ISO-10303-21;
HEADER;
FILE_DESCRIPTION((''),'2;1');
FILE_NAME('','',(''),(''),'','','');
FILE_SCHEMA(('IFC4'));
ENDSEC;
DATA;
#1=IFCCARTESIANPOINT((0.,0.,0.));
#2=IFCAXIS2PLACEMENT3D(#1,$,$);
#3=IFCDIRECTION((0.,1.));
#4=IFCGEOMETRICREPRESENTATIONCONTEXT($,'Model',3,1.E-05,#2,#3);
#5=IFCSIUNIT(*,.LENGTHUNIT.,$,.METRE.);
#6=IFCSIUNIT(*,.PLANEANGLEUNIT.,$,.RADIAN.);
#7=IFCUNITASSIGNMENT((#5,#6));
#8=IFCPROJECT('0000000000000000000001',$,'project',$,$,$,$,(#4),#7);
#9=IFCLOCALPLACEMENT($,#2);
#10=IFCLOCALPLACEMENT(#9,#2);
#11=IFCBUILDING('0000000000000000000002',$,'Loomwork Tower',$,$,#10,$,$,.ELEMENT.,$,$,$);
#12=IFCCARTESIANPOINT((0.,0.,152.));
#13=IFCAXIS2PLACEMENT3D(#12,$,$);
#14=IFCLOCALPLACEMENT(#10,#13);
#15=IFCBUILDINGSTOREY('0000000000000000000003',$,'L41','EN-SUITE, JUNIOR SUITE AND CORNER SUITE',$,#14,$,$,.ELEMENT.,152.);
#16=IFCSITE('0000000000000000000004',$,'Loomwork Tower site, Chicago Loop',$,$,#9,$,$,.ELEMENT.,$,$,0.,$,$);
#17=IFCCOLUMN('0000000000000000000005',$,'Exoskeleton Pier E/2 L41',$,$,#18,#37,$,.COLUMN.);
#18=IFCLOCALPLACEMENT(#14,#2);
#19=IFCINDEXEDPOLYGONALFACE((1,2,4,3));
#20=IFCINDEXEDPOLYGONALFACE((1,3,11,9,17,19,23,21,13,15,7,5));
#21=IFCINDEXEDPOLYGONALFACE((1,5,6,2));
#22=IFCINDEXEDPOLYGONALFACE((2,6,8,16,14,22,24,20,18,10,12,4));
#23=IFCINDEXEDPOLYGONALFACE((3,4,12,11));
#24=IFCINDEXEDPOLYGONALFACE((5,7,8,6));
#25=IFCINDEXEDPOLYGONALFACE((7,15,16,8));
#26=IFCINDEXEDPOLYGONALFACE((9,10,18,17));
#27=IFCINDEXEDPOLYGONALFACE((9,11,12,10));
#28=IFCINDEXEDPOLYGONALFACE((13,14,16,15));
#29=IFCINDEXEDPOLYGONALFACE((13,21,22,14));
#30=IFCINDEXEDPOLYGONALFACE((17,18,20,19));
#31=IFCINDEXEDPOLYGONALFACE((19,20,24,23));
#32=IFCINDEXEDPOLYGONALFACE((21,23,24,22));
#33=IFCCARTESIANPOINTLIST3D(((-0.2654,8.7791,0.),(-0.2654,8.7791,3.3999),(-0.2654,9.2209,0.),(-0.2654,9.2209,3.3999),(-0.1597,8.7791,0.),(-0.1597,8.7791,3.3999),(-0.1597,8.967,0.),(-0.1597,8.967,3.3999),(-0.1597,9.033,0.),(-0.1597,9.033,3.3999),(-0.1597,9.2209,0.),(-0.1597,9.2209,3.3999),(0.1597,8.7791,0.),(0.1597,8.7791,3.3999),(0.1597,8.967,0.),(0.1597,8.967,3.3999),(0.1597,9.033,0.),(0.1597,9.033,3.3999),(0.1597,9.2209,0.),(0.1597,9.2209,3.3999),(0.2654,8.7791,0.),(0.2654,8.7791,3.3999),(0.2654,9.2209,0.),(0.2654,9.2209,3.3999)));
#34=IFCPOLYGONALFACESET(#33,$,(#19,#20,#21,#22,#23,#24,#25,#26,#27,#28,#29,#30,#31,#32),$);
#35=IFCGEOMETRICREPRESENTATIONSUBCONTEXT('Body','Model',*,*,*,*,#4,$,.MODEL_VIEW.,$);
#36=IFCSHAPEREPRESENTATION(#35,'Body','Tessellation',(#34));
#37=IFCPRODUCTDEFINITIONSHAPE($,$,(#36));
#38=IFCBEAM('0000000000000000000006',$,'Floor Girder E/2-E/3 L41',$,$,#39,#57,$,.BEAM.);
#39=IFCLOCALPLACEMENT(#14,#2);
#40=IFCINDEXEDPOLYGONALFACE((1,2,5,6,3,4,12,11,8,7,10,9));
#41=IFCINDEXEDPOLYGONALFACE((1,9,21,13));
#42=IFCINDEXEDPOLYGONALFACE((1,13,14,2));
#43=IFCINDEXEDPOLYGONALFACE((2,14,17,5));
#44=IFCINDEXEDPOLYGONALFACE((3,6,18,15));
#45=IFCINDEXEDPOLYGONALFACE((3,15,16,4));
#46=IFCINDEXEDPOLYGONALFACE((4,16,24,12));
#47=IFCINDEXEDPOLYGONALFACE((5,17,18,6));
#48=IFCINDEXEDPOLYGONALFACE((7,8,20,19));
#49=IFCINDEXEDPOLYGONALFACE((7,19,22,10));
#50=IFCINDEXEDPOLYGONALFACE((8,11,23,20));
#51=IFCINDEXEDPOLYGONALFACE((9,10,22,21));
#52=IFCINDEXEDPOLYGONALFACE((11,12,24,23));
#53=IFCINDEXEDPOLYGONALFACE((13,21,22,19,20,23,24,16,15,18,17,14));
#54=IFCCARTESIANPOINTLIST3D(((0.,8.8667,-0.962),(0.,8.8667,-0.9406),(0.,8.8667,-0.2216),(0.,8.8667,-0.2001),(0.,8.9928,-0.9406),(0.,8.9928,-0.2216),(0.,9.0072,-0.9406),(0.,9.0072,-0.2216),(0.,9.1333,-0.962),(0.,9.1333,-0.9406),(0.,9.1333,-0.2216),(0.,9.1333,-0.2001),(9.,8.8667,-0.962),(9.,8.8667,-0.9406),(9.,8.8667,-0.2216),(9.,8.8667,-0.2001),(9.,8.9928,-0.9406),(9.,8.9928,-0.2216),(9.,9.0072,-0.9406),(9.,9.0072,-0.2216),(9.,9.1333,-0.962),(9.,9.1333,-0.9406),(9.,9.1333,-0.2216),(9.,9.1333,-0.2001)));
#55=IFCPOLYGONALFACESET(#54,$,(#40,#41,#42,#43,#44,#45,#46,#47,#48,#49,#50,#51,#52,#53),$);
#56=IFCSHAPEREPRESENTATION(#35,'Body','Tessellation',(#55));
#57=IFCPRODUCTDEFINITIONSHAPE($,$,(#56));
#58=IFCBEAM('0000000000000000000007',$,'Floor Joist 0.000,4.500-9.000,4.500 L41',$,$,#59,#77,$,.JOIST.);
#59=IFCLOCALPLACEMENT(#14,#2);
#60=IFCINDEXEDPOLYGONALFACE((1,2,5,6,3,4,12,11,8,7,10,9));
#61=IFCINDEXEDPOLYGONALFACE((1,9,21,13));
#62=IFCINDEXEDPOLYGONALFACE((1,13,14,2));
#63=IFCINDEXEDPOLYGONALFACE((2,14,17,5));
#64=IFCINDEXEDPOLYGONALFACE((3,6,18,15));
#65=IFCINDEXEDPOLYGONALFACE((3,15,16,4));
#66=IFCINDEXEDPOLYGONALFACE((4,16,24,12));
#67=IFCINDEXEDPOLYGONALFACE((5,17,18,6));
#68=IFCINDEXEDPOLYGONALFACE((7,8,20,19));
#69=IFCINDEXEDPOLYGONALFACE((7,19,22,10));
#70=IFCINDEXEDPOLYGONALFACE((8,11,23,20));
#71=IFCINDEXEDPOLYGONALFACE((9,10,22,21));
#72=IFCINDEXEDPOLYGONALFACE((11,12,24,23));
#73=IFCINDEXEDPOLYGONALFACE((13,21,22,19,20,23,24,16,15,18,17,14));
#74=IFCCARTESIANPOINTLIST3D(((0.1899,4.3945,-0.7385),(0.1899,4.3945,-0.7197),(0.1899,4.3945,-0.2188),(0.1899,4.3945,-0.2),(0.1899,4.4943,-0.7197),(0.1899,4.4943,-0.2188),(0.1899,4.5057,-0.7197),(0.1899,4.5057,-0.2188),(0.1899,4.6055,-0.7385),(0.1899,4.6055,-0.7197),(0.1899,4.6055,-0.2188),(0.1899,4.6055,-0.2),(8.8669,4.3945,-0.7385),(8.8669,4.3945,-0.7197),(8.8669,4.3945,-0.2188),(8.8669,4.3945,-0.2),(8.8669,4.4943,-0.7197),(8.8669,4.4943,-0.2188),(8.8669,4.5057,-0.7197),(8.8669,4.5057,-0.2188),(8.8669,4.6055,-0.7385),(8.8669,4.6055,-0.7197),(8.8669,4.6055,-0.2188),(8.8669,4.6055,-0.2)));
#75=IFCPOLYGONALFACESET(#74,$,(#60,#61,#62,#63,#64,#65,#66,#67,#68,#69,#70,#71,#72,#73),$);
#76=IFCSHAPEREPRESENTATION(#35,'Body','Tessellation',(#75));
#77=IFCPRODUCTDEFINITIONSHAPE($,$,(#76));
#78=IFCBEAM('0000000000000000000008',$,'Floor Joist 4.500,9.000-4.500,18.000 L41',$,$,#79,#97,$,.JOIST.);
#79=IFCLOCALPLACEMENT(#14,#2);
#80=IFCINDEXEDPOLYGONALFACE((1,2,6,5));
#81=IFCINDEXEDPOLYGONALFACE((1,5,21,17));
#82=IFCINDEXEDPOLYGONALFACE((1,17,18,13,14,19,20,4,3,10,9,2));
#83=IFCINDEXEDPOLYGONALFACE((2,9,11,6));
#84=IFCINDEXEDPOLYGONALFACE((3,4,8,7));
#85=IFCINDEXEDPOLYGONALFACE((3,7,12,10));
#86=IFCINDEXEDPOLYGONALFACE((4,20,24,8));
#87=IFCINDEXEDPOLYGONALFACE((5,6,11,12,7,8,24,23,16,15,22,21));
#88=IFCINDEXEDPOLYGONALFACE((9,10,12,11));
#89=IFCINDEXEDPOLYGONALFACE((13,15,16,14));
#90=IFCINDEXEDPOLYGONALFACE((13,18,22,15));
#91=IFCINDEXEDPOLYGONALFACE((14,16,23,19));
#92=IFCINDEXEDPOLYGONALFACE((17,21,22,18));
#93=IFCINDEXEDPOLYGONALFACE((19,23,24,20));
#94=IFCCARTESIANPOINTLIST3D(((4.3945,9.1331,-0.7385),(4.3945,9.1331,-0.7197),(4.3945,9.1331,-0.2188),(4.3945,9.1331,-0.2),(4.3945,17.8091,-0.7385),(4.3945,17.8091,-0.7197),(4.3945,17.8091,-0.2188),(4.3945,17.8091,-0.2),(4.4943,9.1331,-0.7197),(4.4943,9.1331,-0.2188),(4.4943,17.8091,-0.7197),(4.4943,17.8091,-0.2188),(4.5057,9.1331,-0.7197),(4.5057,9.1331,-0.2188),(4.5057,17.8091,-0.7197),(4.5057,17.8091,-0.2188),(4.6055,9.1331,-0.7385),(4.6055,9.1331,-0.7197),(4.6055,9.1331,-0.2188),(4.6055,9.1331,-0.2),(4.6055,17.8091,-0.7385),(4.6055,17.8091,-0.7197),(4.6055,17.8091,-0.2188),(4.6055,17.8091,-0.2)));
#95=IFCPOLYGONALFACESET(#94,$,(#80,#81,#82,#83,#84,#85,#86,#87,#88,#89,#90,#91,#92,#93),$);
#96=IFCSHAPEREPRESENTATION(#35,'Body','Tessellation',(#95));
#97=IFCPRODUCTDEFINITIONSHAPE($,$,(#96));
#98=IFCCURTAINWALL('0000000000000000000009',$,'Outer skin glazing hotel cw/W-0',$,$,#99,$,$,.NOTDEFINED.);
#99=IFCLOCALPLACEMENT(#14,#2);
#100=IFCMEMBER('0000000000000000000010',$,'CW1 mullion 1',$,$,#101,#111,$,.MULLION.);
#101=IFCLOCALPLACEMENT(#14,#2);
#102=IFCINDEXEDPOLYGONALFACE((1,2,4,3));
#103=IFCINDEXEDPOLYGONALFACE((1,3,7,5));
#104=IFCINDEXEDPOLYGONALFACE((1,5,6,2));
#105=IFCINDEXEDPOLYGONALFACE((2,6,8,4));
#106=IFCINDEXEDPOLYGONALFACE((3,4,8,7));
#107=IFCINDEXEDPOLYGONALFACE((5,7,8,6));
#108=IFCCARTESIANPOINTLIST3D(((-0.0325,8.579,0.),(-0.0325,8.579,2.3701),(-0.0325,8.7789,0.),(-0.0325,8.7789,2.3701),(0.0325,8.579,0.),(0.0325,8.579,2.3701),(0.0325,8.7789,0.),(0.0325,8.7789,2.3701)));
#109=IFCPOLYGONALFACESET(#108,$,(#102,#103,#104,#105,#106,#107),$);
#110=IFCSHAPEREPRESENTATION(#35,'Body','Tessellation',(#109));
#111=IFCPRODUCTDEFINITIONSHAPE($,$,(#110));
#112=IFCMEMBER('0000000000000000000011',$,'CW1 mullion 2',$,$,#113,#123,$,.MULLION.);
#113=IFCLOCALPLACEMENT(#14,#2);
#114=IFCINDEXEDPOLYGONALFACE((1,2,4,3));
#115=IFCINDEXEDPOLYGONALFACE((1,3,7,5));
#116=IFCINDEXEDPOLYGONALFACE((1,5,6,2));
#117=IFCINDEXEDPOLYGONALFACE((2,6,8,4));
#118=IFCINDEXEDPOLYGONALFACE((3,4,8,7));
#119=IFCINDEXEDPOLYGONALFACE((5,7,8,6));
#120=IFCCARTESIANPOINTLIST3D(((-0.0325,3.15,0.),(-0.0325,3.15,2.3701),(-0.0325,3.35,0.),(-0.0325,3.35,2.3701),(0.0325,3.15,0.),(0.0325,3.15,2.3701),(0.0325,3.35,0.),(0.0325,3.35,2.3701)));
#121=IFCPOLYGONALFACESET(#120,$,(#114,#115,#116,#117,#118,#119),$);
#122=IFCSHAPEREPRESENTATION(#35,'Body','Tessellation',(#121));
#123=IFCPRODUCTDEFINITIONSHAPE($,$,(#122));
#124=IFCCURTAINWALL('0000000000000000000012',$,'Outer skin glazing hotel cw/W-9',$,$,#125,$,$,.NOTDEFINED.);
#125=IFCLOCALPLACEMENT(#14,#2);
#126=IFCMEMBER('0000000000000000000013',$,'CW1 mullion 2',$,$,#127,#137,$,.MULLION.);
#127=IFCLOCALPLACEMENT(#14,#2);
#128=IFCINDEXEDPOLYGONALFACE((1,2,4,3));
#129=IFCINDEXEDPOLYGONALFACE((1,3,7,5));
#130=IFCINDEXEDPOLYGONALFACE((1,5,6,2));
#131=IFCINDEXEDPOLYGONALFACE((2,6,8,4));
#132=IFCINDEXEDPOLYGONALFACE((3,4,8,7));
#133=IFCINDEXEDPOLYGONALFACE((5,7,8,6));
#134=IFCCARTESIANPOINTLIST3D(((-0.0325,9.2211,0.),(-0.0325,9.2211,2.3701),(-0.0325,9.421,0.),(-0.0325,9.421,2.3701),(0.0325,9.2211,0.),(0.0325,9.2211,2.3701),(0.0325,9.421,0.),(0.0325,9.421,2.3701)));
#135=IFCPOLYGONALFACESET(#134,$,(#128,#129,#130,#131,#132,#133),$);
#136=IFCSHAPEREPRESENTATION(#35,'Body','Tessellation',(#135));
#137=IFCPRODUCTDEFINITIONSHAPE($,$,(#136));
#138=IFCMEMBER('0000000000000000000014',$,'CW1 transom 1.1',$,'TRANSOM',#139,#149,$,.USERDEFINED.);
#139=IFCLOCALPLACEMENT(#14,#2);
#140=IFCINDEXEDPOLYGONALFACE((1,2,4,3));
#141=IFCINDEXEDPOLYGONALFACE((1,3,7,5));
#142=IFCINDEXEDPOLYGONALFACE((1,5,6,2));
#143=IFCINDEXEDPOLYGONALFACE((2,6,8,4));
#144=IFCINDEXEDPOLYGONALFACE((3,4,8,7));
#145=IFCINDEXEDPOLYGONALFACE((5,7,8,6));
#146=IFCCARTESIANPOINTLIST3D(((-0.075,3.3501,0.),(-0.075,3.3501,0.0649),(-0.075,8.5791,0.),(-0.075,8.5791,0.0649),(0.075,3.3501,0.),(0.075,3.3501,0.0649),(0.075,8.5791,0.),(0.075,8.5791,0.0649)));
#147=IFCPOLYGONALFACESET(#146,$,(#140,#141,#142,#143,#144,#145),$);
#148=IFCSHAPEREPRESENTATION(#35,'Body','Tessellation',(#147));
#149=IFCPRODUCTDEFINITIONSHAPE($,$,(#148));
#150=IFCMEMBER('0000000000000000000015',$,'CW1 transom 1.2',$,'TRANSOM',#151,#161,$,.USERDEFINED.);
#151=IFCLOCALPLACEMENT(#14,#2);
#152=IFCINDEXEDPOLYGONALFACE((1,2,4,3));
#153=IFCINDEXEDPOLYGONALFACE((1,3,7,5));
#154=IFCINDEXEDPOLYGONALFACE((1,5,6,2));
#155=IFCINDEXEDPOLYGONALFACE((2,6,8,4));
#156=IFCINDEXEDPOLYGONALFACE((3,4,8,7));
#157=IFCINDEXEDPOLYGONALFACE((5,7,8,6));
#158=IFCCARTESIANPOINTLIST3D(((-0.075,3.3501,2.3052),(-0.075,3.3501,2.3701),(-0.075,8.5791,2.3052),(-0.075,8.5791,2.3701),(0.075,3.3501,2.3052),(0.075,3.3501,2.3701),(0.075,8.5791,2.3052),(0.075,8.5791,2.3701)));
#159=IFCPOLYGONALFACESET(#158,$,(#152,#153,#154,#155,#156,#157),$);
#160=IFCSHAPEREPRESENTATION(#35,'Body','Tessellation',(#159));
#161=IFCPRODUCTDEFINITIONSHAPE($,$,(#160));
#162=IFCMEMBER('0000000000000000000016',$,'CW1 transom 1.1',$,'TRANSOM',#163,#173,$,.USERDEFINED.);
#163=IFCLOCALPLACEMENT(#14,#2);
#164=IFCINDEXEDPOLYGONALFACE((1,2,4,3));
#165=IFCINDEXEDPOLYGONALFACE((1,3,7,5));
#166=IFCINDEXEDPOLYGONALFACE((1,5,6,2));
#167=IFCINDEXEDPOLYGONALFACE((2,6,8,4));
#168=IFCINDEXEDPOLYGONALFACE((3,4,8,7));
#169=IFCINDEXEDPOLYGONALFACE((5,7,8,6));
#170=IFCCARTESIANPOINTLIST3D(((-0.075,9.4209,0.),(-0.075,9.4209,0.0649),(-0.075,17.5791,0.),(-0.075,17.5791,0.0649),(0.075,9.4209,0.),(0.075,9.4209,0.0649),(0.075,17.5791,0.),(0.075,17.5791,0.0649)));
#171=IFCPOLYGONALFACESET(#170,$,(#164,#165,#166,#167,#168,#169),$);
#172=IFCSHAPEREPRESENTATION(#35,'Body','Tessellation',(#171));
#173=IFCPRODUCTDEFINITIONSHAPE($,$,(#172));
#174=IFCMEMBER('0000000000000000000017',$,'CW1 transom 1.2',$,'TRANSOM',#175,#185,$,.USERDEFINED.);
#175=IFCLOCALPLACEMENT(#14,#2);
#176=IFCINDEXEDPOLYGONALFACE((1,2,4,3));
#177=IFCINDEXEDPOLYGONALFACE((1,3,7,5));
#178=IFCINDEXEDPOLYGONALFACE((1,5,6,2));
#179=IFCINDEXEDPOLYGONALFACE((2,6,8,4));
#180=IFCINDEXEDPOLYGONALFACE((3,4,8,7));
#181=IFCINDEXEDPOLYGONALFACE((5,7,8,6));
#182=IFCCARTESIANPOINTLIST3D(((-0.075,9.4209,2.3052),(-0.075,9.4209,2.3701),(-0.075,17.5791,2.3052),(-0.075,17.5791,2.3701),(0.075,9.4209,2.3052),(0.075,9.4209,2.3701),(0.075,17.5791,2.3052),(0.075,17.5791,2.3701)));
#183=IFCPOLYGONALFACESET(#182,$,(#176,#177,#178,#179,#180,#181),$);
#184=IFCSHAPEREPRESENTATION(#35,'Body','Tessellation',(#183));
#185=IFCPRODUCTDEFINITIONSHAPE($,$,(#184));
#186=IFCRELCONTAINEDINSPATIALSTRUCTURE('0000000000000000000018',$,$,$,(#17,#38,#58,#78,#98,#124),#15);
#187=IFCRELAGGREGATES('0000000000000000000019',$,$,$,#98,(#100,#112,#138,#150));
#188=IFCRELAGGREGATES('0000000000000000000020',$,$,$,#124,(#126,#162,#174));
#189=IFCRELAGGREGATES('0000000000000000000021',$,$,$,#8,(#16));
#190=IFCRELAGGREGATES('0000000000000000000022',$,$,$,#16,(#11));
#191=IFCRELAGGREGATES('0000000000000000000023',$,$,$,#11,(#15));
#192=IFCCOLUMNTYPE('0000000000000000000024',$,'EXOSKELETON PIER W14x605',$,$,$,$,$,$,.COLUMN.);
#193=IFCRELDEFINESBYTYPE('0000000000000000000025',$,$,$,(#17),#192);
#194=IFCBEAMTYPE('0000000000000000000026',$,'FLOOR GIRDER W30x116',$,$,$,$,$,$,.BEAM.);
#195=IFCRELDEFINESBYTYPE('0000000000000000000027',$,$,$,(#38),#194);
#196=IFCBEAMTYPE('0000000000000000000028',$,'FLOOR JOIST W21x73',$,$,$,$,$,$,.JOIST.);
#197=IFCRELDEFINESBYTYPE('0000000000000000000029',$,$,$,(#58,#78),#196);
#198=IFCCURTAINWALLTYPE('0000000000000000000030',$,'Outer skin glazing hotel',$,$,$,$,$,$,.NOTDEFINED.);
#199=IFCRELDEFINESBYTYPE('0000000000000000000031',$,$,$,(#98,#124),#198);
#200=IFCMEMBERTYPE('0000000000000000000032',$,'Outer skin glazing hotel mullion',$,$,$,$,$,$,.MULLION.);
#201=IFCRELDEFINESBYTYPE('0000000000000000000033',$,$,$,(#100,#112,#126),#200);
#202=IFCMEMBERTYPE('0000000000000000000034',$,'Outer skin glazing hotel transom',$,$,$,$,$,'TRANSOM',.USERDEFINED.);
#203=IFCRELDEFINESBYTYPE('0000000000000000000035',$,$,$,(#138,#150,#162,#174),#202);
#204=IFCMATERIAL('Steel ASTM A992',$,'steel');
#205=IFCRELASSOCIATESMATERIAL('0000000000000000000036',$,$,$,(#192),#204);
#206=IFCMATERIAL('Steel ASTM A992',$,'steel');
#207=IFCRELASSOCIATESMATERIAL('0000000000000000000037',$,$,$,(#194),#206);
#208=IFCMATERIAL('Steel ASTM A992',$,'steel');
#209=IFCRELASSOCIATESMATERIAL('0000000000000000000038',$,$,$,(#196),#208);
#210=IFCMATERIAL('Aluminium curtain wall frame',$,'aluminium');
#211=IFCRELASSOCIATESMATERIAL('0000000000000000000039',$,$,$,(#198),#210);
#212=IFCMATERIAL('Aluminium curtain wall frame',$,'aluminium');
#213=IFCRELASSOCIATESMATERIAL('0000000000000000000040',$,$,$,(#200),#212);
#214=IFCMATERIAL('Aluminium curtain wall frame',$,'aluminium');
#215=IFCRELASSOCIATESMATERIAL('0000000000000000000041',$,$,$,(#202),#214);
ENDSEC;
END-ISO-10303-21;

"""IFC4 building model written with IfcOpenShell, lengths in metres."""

from ifc_helpers import new_model, si_unit, direction, frame, origin, origin_2d, place, context, subcontext, project, spatial, rectangle, i_section, extrude, material, material_profile, profile_set, type_object, element, aggregate, save


model = new_model("IFC4")

# Units and contexts
model_context = context("Model", 3, precision=1e-05, world=origin(), true_north=direction((0.0, 1.0)))
body_context = subcontext(model_context, "Body", "Model", "MODEL_VIEW")
ifc_project = project(units=[si_unit("LENGTHUNIT", "METRE"), si_unit("PLANEANGLEUNIT", "RADIAN")], contexts=[model_context])

# Site, building, storey
site_placement = place(None, origin())
site = spatial("IfcSite", under=ifc_project, at=site_placement, Name="Loomwork Tower site, Chicago Loop", CompositionType="ELEMENT", RefElevation=0.0)
building_placement = place(site_placement, origin())
building = spatial("IfcBuilding", under=site, at=building_placement, Name="Loomwork Tower", CompositionType="ELEMENT")
storey_placement = place(building_placement, frame((0.0, 0.0, 152.0)))
storey = spatial("IfcBuildingStorey", under=building, at=storey_placement, Name="L41", Description="EN-SUITE, JUNIOR SUITE AND CORNER SUITE", CompositionType="ELEMENT", Elevation=152.0)

# Column
ifc_material_1 = material(Name="Steel ASTM A992", Category="steel")
ifc_material_profile_1 = material_profile(ifc_material_1, i_section(OverallWidth=0.4419, OverallDepth=0.5308, WebThickness=0.0659, FlangeThickness=0.1057, at=origin_2d()), Name="W14x605")
ifc_profile_set_1 = profile_set([ifc_material_profile_1], Name="Steel ASTM A992")
column_type = type_object("IfcColumnType", Name="EXOSKELETON PIER W14x605", PredefinedType="COLUMN", material=ifc_profile_set_1)
column_placement = place(storey_placement, frame((0.0, 9.0, 0.0), z_axis=(0.0, 0.0, 1.0), x_axis=(0.0, 1.0, 0.0)))
element("IfcColumn", 1, at=column_placement, inside=storey, type_object=column_type, Name="Exoskeleton Pier E/2 L41", PredefinedType="COLUMN", context=body_context, shape_type="SweptSolid", body=[
    extrude(i_section(OverallWidth=0.4419, OverallDepth=0.5308, WebThickness=0.0659, FlangeThickness=0.1057, at=origin_2d()), origin(), (0.0, 0.0, 1.0), 3.3999),
])

# Beams
ifc_material_2 = material(Name="Steel ASTM A992", Category="steel")
ifc_material_profile_2 = material_profile(ifc_material_2, i_section(OverallWidth=0.2666, OverallDepth=0.762, WebThickness=0.0144, FlangeThickness=0.0215, at=origin_2d()), Name="W30x116")
ifc_profile_set_2 = profile_set([ifc_material_profile_2], Name="Steel ASTM A992")
beam_type_1 = type_object("IfcBeamType", Name="FLOOR GIRDER W30x116", PredefinedType="BEAM", material=ifc_profile_set_2)
beam_1_placement = place(storey_placement, frame((0.0, 9.0, -0.5811), z_axis=(1.0, 0.0, 0.0), x_axis=(0.0, 1.0, 0.0)))
element("IfcBeam", 2, at=beam_1_placement, inside=storey, type_object=beam_type_1, Name="Floor Girder E/2-E/3 L41", PredefinedType="BEAM", context=body_context, shape_type="SweptSolid", body=[
    extrude(i_section(OverallWidth=0.2666, OverallDepth=0.762, WebThickness=0.0144, FlangeThickness=0.0215, at=origin_2d()), origin(), (0.0, 0.0, 1.0), 9.0),
])
ifc_material_3 = material(Name="Steel ASTM A992", Category="steel")
ifc_material_profile_3 = material_profile(ifc_material_3, i_section(OverallWidth=0.2109, OverallDepth=0.5386, WebThickness=0.0115, FlangeThickness=0.0188, at=origin_2d()), Name="W21x73")
ifc_profile_set_3 = profile_set([ifc_material_profile_3], Name="Steel ASTM A992")
beam_type_2 = type_object("IfcBeamType", Name="FLOOR JOIST W21x73", PredefinedType="JOIST", material=ifc_profile_set_3)
beam_2_placement = place(storey_placement, frame((0.1899, 4.5, -0.4692), z_axis=(1.0, 0.0, 0.0), x_axis=(0.0, 1.0, 0.0)))
element("IfcBeam", 3, at=beam_2_placement, inside=storey, type_object=beam_type_2, Name="Floor Joist 0.000,4.500-9.000,4.500 L41", PredefinedType="JOIST", context=body_context, shape_type="SweptSolid", body=[
    extrude(i_section(OverallWidth=0.2109, OverallDepth=0.5386, WebThickness=0.0115, FlangeThickness=0.0188, at=origin_2d()), origin(), (0.0, 0.0, 1.0), 8.677),
])
beam_3_placement = place(storey_placement, frame((4.5, 9.1331, -0.4692), z_axis=(0.0, 1.0, 0.0), x_axis=(-1.0, 0.0, 0.0)))
element("IfcBeam", 4, at=beam_3_placement, inside=storey, type_object=beam_type_2, Name="Floor Joist 4.500,9.000-4.500,18.000 L41", PredefinedType="JOIST", context=body_context, shape_type="SweptSolid", body=[
    extrude(i_section(OverallWidth=0.2109, OverallDepth=0.5386, WebThickness=0.0115, FlangeThickness=0.0188, at=origin_2d()), origin(), (0.0, 0.0, 1.0), 8.676),
])

# Curtain wall, members
ifc_material_4 = material(Name="Aluminium curtain wall frame", Category="aluminium")
curtain_wall_type = type_object("IfcCurtainWallType", Name="Outer skin glazing hotel", PredefinedType="NOTDEFINED", material=ifc_material_4)
curtain_wall_1_placement = place(storey_placement, origin())
curtain_wall_1 = element("IfcCurtainWall", 5, at=curtain_wall_1_placement, inside=storey, type_object=curtain_wall_type, Name="Outer skin glazing hotel cw/W-0", PredefinedType="NOTDEFINED")
ifc_material_5 = material(Name="Aluminium curtain wall frame", Category="aluminium")
ifc_material_profile_4 = material_profile(ifc_material_5, rectangle(XDim=0.0649, YDim=0.2, at=origin_2d()), Name="AL 65x200")
ifc_profile_set_4 = profile_set([ifc_material_profile_4], Name="Aluminium curtain wall frame")
member_type_1 = type_object("IfcMemberType", Name="Outer skin glazing hotel mullion", PredefinedType="MULLION", material=ifc_profile_set_4)
member_1_placement = place(storey_placement, frame((0.0, 8.679, 0.0), z_axis=(0.0, 0.0, 1.0), x_axis=(1.0, 0.0, 0.0)))
member_1 = element("IfcMember", 6, at=member_1_placement, type_object=member_type_1, Name="CW1 mullion 1", PredefinedType="MULLION", context=body_context, shape_type="SweptSolid", body=[
    extrude(rectangle(XDim=0.0649, YDim=0.2, at=origin_2d()), origin(), (0.0, 0.0, 1.0), 2.3701),
])
member_2_placement = place(storey_placement, frame((0.0, 3.25, 0.0), z_axis=(0.0, 0.0, 1.0), x_axis=(1.0, 0.0, 0.0)))
member_2 = element("IfcMember", 7, at=member_2_placement, type_object=member_type_1, Name="CW1 mullion 2", PredefinedType="MULLION", context=body_context, shape_type="SweptSolid", body=[
    extrude(rectangle(XDim=0.0649, YDim=0.2, at=origin_2d()), origin(), (0.0, 0.0, 1.0), 2.3701),
])

# Curtain wall, member
curtain_wall_2_placement = place(storey_placement, origin())
curtain_wall_2 = element("IfcCurtainWall", 8, at=curtain_wall_2_placement, inside=storey, type_object=curtain_wall_type, Name="Outer skin glazing hotel cw/W-9", PredefinedType="NOTDEFINED")
member_3_placement = place(storey_placement, frame((0.0, 9.321, 0.0), z_axis=(0.0, 0.0, 1.0), x_axis=(1.0, 0.0, 0.0)))
member_3 = element("IfcMember", 9, at=member_3_placement, type_object=member_type_1, Name="CW1 mullion 2", PredefinedType="MULLION", context=body_context, shape_type="SweptSolid", body=[
    extrude(rectangle(XDim=0.0649, YDim=0.2, at=origin_2d()), origin(), (0.0, 0.0, 1.0), 2.3701),
])

# Members
ifc_material_6 = material(Name="Aluminium curtain wall frame", Category="aluminium")
ifc_material_profile_5 = material_profile(ifc_material_6, rectangle(XDim=0.1499, YDim=0.0649, at=origin_2d()), Name="AL 65x150")
ifc_profile_set_5 = profile_set([ifc_material_profile_5], Name="Aluminium curtain wall frame")
member_type_2 = type_object("IfcMemberType", Name="Outer skin glazing hotel transom", ElementType="TRANSOM", PredefinedType="USERDEFINED", material=ifc_profile_set_5)
member_4_placement = place(storey_placement, frame((0.0, 8.5791, 0.0325), z_axis=(0.0, -1.0, 0.0), x_axis=(1.0, 0.0, 0.0)))
member_4 = element("IfcMember", 10, at=member_4_placement, type_object=member_type_2, Name="CW1 transom 1.1", ObjectType="TRANSOM", PredefinedType="USERDEFINED", context=body_context, shape_type="SweptSolid", body=[
    extrude(rectangle(XDim=0.1499, YDim=0.0649, at=origin_2d()), origin(), (0.0, 0.0, 1.0), 5.229),
])
member_5_placement = place(storey_placement, frame((0.0, 8.5791, 2.3376), z_axis=(0.0, -1.0, 0.0), x_axis=(1.0, 0.0, 0.0)))
member_5 = element("IfcMember", 11, at=member_5_placement, type_object=member_type_2, Name="CW1 transom 1.2", ObjectType="TRANSOM", PredefinedType="USERDEFINED", context=body_context, shape_type="SweptSolid", body=[
    extrude(rectangle(XDim=0.1499, YDim=0.0649, at=origin_2d()), origin(), (0.0, 0.0, 1.0), 5.229),
])
member_6_placement = place(storey_placement, frame((0.0, 17.5791, 0.0325), z_axis=(0.0, -1.0, 0.0), x_axis=(1.0, 0.0, 0.0)))
member_6 = element("IfcMember", 12, at=member_6_placement, type_object=member_type_2, Name="CW1 transom 1.1", ObjectType="TRANSOM", PredefinedType="USERDEFINED", context=body_context, shape_type="SweptSolid", body=[
    extrude(rectangle(XDim=0.1499, YDim=0.0649, at=origin_2d()), origin(), (0.0, 0.0, 1.0), 8.1582),
])
member_7_placement = place(storey_placement, frame((0.0, 17.5791, 2.3376), z_axis=(0.0, -1.0, 0.0), x_axis=(1.0, 0.0, 0.0)))
member_7 = element("IfcMember", 13, at=member_7_placement, type_object=member_type_2, Name="CW1 transom 1.2", ObjectType="TRANSOM", PredefinedType="USERDEFINED", context=body_context, shape_type="SweptSolid", body=[
    extrude(rectangle(XDim=0.1499, YDim=0.0649, at=origin_2d()), origin(), (0.0, 0.0, 1.0), 8.1582),
])

aggregate(curtain_wall_1, [member_1, member_2, member_4, member_5])
aggregate(curtain_wall_2, [member_3, member_6, member_7])

save(model, "model.ifc")
